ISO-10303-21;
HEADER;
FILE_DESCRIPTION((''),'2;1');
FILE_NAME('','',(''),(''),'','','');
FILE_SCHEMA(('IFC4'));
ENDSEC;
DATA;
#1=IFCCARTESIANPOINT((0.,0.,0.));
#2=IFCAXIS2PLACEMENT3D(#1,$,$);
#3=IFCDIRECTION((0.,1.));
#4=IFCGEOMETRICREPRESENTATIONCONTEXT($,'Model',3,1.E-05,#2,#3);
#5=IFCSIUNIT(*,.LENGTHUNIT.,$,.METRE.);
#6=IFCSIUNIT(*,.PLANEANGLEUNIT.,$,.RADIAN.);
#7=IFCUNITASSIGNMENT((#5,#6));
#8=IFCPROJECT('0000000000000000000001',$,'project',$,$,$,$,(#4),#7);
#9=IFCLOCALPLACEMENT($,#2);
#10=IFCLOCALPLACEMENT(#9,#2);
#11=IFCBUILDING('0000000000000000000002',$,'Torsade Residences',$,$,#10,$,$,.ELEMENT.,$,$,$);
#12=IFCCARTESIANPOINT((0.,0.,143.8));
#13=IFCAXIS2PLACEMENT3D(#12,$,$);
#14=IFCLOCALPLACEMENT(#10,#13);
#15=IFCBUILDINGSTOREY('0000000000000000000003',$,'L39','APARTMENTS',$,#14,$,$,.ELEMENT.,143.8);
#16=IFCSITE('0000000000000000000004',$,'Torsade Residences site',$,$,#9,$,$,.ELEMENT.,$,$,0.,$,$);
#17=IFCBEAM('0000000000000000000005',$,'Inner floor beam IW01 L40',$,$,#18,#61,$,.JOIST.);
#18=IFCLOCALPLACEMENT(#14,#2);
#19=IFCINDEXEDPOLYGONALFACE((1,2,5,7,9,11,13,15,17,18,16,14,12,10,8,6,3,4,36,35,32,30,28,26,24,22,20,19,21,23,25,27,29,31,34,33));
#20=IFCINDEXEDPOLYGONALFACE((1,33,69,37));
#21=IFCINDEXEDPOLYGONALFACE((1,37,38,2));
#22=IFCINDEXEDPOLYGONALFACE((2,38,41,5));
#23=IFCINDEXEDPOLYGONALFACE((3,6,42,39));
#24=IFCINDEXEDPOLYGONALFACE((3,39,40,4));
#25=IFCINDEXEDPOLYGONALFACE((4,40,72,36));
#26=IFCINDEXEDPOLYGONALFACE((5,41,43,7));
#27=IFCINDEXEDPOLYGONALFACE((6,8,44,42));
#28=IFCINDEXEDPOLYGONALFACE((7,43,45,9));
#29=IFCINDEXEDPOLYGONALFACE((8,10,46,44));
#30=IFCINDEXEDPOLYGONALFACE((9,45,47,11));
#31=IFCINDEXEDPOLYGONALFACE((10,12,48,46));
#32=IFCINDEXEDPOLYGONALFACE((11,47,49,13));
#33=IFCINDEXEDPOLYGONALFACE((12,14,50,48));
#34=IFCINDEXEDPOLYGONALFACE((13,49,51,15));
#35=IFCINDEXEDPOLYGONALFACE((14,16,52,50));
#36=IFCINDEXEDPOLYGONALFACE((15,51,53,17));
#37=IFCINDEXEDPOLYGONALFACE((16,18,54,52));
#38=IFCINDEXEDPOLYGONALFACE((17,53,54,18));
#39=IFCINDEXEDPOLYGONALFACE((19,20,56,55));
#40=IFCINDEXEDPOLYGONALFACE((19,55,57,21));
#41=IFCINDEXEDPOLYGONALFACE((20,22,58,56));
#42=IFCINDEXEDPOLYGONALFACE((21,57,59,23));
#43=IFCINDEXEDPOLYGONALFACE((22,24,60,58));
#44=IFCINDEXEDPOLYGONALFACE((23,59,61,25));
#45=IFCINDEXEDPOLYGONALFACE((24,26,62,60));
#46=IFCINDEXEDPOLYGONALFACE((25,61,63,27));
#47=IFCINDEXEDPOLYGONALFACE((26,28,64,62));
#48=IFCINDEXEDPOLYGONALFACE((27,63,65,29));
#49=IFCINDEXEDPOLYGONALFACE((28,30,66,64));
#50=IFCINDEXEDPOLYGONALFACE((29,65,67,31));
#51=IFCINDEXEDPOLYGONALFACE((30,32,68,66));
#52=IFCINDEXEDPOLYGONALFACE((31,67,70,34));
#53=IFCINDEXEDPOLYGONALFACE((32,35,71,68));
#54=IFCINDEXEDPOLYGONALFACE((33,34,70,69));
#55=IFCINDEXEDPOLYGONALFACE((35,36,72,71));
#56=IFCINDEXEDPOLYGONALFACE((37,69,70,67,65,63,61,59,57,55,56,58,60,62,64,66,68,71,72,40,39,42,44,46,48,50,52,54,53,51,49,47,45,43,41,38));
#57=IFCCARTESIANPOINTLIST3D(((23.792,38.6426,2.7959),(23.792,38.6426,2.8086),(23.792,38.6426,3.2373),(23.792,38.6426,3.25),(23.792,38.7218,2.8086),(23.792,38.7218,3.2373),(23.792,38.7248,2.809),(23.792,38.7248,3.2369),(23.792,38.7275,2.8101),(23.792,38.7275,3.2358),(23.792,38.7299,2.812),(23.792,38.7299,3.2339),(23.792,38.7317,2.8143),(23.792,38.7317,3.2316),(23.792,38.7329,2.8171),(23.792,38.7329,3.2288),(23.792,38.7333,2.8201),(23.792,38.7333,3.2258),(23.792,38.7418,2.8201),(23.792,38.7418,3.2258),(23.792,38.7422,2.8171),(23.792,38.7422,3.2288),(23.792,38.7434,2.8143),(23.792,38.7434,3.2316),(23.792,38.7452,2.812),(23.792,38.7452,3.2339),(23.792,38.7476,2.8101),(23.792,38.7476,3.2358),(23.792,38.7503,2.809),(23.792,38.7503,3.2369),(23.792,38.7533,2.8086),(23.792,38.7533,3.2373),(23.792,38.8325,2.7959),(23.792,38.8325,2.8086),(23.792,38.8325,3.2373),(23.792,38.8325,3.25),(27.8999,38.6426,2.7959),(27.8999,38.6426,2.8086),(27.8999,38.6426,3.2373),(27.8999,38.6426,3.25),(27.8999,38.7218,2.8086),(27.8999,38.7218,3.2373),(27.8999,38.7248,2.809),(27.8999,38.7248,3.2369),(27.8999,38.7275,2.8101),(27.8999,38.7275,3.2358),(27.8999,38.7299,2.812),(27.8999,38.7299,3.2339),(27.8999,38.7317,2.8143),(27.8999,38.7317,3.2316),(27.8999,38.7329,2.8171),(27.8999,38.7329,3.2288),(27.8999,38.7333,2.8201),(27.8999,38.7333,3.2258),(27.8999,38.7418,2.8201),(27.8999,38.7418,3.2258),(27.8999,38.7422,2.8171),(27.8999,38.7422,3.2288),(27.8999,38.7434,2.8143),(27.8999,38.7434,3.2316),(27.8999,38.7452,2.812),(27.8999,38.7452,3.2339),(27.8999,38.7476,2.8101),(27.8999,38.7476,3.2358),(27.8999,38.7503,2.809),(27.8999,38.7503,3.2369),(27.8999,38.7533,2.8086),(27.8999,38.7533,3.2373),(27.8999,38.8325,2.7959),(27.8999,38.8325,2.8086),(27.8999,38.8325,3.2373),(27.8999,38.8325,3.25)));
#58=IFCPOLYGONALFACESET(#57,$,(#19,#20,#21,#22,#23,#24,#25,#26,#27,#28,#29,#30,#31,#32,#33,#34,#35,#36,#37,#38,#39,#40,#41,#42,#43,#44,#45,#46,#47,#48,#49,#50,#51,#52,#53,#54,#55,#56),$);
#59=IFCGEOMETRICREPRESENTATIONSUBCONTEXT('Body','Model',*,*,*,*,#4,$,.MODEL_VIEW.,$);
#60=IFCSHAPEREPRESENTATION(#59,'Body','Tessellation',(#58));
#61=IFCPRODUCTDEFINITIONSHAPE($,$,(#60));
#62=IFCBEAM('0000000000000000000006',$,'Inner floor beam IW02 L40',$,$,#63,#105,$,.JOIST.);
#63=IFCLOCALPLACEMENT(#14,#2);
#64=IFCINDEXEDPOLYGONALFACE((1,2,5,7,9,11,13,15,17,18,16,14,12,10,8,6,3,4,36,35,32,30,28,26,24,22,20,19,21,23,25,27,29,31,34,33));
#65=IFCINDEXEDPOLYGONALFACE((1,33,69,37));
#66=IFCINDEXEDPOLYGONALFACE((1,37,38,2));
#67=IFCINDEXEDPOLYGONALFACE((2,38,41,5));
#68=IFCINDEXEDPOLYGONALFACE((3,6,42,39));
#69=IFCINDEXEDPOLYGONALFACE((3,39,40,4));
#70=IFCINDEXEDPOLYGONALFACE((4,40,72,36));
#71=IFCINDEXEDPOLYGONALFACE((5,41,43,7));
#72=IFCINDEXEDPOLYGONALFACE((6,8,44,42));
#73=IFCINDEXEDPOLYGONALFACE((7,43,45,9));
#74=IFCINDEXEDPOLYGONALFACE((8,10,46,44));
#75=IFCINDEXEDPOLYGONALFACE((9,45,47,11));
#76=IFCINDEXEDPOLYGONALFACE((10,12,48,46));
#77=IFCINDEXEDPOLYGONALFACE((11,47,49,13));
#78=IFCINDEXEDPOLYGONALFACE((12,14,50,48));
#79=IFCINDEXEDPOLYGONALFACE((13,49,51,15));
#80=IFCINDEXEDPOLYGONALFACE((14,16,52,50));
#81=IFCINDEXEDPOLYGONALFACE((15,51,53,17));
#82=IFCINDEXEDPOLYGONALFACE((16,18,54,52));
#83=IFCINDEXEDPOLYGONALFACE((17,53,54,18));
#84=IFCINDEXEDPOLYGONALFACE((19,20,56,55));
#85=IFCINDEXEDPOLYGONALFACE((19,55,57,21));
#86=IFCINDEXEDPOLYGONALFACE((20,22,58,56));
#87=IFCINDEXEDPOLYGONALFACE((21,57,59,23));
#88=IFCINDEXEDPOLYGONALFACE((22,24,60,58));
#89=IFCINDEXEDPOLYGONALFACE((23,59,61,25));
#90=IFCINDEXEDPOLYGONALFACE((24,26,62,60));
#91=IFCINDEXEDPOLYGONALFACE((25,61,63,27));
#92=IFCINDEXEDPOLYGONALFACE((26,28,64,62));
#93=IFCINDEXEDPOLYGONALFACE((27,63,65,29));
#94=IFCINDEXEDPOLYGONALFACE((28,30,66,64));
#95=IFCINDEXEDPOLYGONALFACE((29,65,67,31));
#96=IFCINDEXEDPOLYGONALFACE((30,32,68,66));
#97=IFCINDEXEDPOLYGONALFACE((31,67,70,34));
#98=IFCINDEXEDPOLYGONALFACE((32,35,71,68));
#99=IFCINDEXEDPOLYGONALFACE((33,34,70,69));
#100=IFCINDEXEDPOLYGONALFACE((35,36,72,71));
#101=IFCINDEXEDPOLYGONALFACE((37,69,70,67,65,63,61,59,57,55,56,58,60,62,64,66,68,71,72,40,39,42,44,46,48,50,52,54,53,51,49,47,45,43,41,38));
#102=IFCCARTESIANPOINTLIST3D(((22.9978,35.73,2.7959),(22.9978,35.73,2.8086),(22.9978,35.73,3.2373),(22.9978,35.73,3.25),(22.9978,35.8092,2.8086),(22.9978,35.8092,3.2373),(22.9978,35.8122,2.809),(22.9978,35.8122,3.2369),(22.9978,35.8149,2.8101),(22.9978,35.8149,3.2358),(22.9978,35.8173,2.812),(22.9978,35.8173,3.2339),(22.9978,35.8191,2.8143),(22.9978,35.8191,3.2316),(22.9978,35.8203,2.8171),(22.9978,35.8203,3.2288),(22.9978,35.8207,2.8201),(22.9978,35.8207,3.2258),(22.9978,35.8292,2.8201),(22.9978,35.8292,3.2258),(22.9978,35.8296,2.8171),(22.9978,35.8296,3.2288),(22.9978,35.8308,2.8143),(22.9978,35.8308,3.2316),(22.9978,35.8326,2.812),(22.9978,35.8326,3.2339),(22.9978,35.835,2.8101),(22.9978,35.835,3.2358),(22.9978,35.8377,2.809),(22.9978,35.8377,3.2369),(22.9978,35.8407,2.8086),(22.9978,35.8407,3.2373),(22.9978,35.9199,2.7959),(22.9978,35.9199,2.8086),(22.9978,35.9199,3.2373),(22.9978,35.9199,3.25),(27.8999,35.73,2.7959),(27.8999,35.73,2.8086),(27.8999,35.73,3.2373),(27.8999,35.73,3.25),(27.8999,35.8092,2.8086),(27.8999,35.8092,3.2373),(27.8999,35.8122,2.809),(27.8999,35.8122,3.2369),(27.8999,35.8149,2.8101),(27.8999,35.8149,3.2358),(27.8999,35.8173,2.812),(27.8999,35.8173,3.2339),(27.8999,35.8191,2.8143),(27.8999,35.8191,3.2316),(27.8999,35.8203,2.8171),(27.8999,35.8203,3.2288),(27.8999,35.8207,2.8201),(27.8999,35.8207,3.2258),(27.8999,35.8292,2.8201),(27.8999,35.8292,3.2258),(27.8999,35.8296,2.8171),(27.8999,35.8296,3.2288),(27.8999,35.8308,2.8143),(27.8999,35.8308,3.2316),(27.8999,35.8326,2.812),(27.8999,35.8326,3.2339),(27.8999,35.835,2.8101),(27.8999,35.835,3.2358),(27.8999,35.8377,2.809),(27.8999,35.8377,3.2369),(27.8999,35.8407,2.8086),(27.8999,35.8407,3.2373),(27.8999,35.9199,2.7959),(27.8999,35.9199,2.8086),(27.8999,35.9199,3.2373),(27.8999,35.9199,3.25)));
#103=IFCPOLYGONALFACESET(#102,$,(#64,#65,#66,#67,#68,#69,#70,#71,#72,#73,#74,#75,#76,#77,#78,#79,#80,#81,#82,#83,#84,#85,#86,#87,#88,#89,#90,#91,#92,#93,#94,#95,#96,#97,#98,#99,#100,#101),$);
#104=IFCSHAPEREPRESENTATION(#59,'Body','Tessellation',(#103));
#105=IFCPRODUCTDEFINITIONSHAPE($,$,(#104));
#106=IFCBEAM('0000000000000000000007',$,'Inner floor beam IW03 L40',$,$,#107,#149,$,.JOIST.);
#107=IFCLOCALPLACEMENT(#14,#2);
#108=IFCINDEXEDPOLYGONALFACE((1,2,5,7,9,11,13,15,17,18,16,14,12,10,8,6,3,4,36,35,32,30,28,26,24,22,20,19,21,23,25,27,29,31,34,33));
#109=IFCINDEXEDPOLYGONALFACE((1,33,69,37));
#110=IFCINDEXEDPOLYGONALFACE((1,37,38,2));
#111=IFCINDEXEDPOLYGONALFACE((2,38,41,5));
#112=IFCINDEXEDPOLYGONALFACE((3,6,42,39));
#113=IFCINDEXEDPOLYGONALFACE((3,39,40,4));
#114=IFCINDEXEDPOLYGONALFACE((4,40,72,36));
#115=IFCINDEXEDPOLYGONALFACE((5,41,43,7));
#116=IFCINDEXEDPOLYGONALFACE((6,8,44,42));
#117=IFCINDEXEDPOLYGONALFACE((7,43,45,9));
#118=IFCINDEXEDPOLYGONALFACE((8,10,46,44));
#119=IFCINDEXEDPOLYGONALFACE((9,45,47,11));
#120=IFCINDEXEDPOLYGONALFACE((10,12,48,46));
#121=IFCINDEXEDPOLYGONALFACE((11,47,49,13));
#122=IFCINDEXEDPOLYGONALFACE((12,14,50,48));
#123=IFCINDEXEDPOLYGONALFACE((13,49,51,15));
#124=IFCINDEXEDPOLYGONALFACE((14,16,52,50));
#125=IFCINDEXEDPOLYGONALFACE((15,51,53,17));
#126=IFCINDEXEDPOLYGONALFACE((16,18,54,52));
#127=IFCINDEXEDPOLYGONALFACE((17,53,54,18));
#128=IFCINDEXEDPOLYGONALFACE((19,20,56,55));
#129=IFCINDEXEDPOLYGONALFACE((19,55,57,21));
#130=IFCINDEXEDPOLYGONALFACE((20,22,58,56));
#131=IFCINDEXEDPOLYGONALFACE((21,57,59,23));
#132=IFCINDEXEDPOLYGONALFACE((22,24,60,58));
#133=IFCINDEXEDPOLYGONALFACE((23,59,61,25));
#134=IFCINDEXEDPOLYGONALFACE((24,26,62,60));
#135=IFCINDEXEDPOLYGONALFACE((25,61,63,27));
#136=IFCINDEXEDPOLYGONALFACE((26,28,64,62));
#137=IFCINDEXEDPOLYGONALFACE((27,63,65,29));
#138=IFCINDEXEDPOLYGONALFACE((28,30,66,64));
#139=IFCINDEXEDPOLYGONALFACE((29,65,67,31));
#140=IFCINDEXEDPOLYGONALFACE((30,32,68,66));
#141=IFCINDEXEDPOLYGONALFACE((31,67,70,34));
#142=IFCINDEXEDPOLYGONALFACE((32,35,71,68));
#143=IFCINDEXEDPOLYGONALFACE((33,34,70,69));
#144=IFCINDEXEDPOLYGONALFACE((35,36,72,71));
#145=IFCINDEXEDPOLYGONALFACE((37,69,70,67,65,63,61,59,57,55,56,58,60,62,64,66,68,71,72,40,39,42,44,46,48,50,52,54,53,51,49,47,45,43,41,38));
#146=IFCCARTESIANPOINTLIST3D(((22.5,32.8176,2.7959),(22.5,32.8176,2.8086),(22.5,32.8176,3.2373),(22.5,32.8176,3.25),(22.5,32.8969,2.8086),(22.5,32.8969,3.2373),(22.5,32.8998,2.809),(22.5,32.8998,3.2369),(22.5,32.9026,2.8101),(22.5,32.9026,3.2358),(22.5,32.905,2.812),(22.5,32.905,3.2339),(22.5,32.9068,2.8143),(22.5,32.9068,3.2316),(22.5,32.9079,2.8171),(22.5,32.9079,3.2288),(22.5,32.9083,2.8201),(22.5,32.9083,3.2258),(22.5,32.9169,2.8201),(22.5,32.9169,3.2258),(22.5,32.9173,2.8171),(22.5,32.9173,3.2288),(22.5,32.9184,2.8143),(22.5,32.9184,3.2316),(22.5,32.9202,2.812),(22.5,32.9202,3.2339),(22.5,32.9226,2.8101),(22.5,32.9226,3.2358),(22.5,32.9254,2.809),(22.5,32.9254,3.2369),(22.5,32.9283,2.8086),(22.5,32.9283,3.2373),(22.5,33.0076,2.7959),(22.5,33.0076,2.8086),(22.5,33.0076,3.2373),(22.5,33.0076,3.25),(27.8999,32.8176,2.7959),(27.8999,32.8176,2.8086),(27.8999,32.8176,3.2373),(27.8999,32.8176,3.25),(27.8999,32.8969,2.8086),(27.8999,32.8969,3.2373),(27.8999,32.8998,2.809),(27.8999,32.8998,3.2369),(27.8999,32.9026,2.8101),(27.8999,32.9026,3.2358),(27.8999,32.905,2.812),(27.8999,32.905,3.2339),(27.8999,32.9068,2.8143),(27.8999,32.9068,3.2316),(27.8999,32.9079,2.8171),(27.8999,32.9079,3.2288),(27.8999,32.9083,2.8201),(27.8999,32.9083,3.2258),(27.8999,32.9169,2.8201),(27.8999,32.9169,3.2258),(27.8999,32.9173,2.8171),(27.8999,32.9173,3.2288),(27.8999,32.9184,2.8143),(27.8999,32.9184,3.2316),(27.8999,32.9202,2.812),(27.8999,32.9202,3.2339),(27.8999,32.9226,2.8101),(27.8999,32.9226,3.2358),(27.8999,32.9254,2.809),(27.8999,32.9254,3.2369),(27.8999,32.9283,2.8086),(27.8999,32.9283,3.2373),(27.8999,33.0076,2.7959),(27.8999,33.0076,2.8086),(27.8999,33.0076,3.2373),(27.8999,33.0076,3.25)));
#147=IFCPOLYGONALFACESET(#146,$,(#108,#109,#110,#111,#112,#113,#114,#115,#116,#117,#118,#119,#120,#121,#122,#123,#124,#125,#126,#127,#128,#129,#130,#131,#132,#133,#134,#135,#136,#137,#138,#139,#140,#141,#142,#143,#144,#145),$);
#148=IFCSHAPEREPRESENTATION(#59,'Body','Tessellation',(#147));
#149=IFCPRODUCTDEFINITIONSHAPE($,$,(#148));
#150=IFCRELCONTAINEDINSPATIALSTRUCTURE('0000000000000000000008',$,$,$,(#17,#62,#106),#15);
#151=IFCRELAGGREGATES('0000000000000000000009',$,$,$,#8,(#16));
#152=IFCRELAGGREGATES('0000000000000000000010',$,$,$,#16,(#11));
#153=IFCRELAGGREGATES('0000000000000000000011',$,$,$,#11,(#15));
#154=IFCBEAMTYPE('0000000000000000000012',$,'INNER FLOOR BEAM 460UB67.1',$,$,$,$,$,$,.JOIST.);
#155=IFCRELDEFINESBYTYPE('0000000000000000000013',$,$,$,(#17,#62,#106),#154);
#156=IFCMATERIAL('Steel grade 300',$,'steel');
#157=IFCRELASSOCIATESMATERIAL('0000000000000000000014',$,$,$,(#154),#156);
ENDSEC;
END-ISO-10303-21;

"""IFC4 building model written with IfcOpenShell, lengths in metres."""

from ifc_helpers import new_model, si_unit, direction, frame, origin, origin_2d, place, context, subcontext, project, spatial, i_section, extrude, material, material_profile, profile_set, type_object, element, save


model = new_model("IFC4")

# Units and contexts
model_context = context("Model", 3, precision=1e-05, world=origin(), true_north=direction((0.0, 1.0)))
body_context = subcontext(model_context, "Body", "Model", "MODEL_VIEW")
ifc_project = project(units=[si_unit("LENGTHUNIT", "METRE"), si_unit("PLANEANGLEUNIT", "RADIAN")], contexts=[model_context])

# Site, building, storey
site_placement = place(None, origin())
site = spatial("IfcSite", under=ifc_project, at=site_placement, Name="Torsade Residences site", CompositionType="ELEMENT", RefElevation=0.0)
building_placement = place(site_placement, origin())
building = spatial("IfcBuilding", under=site, at=building_placement, Name="Torsade Residences", CompositionType="ELEMENT")
storey_placement = place(building_placement, frame((0.0, 0.0, 143.8)))
storey = spatial("IfcBuildingStorey", under=building, at=storey_placement, Name="L39", Description="APARTMENTS", CompositionType="ELEMENT", Elevation=143.8)

# Beams
ifc_material_1 = material(Name="Steel grade 300", Category="steel")
ifc_material_profile = material_profile(ifc_material_1, i_section(OverallWidth=0.1899, OverallDepth=0.4541, WebThickness=0.0085, FlangeThickness=0.0127, FilletRadius=0.0115, at=origin_2d()), Name="460UB67.1")
ifc_profile_set = profile_set([ifc_material_profile], Name="Steel grade 300")
beam_type = type_object("IfcBeamType", Name="INNER FLOOR BEAM 460UB67.1", PredefinedType="JOIST", material=ifc_profile_set)
beam_1_placement = place(storey_placement, frame((27.8999, 38.7375, 3.0229), z_axis=(-1.0, 0.0, 0.0), x_axis=(0.0, -1.0, 0.0)))
element("IfcBeam", 1, at=beam_1_placement, inside=storey, type_object=beam_type, Name="Inner floor beam IW01 L40", PredefinedType="JOIST", context=body_context, shape_type="SweptSolid", body=[
    extrude(i_section(OverallWidth=0.1899, OverallDepth=0.4541, WebThickness=0.0085, FlangeThickness=0.0127, FilletRadius=0.0115, at=origin_2d()), origin(), (0.0, 0.0, 1.0), 4.1079),
])
beam_2_placement = place(storey_placement, frame((27.8999, 35.825, 3.0229), z_axis=(-1.0, 0.0, 0.0), x_axis=(0.0, -1.0, 0.0)))
element("IfcBeam", 2, at=beam_2_placement, inside=storey, type_object=beam_type, Name="Inner floor beam IW02 L40", PredefinedType="JOIST", context=body_context, shape_type="SweptSolid", body=[
    extrude(i_section(OverallWidth=0.1899, OverallDepth=0.4541, WebThickness=0.0085, FlangeThickness=0.0127, FilletRadius=0.0115, at=origin_2d()), origin(), (0.0, 0.0, 1.0), 4.9021),
])
beam_3_placement = place(storey_placement, frame((27.8999, 32.9126, 3.0229), z_axis=(-1.0, 0.0, 0.0), x_axis=(0.0, -1.0, 0.0)))
element("IfcBeam", 3, at=beam_3_placement, inside=storey, type_object=beam_type, Name="Inner floor beam IW03 L40", PredefinedType="JOIST", context=body_context, shape_type="SweptSolid", body=[
    extrude(i_section(OverallWidth=0.1899, OverallDepth=0.4541, WebThickness=0.0085, FlangeThickness=0.0127, FilletRadius=0.0115, at=origin_2d()), origin(), (0.0, 0.0, 1.0), 5.3999),
])

save(model, "model.ifc")
